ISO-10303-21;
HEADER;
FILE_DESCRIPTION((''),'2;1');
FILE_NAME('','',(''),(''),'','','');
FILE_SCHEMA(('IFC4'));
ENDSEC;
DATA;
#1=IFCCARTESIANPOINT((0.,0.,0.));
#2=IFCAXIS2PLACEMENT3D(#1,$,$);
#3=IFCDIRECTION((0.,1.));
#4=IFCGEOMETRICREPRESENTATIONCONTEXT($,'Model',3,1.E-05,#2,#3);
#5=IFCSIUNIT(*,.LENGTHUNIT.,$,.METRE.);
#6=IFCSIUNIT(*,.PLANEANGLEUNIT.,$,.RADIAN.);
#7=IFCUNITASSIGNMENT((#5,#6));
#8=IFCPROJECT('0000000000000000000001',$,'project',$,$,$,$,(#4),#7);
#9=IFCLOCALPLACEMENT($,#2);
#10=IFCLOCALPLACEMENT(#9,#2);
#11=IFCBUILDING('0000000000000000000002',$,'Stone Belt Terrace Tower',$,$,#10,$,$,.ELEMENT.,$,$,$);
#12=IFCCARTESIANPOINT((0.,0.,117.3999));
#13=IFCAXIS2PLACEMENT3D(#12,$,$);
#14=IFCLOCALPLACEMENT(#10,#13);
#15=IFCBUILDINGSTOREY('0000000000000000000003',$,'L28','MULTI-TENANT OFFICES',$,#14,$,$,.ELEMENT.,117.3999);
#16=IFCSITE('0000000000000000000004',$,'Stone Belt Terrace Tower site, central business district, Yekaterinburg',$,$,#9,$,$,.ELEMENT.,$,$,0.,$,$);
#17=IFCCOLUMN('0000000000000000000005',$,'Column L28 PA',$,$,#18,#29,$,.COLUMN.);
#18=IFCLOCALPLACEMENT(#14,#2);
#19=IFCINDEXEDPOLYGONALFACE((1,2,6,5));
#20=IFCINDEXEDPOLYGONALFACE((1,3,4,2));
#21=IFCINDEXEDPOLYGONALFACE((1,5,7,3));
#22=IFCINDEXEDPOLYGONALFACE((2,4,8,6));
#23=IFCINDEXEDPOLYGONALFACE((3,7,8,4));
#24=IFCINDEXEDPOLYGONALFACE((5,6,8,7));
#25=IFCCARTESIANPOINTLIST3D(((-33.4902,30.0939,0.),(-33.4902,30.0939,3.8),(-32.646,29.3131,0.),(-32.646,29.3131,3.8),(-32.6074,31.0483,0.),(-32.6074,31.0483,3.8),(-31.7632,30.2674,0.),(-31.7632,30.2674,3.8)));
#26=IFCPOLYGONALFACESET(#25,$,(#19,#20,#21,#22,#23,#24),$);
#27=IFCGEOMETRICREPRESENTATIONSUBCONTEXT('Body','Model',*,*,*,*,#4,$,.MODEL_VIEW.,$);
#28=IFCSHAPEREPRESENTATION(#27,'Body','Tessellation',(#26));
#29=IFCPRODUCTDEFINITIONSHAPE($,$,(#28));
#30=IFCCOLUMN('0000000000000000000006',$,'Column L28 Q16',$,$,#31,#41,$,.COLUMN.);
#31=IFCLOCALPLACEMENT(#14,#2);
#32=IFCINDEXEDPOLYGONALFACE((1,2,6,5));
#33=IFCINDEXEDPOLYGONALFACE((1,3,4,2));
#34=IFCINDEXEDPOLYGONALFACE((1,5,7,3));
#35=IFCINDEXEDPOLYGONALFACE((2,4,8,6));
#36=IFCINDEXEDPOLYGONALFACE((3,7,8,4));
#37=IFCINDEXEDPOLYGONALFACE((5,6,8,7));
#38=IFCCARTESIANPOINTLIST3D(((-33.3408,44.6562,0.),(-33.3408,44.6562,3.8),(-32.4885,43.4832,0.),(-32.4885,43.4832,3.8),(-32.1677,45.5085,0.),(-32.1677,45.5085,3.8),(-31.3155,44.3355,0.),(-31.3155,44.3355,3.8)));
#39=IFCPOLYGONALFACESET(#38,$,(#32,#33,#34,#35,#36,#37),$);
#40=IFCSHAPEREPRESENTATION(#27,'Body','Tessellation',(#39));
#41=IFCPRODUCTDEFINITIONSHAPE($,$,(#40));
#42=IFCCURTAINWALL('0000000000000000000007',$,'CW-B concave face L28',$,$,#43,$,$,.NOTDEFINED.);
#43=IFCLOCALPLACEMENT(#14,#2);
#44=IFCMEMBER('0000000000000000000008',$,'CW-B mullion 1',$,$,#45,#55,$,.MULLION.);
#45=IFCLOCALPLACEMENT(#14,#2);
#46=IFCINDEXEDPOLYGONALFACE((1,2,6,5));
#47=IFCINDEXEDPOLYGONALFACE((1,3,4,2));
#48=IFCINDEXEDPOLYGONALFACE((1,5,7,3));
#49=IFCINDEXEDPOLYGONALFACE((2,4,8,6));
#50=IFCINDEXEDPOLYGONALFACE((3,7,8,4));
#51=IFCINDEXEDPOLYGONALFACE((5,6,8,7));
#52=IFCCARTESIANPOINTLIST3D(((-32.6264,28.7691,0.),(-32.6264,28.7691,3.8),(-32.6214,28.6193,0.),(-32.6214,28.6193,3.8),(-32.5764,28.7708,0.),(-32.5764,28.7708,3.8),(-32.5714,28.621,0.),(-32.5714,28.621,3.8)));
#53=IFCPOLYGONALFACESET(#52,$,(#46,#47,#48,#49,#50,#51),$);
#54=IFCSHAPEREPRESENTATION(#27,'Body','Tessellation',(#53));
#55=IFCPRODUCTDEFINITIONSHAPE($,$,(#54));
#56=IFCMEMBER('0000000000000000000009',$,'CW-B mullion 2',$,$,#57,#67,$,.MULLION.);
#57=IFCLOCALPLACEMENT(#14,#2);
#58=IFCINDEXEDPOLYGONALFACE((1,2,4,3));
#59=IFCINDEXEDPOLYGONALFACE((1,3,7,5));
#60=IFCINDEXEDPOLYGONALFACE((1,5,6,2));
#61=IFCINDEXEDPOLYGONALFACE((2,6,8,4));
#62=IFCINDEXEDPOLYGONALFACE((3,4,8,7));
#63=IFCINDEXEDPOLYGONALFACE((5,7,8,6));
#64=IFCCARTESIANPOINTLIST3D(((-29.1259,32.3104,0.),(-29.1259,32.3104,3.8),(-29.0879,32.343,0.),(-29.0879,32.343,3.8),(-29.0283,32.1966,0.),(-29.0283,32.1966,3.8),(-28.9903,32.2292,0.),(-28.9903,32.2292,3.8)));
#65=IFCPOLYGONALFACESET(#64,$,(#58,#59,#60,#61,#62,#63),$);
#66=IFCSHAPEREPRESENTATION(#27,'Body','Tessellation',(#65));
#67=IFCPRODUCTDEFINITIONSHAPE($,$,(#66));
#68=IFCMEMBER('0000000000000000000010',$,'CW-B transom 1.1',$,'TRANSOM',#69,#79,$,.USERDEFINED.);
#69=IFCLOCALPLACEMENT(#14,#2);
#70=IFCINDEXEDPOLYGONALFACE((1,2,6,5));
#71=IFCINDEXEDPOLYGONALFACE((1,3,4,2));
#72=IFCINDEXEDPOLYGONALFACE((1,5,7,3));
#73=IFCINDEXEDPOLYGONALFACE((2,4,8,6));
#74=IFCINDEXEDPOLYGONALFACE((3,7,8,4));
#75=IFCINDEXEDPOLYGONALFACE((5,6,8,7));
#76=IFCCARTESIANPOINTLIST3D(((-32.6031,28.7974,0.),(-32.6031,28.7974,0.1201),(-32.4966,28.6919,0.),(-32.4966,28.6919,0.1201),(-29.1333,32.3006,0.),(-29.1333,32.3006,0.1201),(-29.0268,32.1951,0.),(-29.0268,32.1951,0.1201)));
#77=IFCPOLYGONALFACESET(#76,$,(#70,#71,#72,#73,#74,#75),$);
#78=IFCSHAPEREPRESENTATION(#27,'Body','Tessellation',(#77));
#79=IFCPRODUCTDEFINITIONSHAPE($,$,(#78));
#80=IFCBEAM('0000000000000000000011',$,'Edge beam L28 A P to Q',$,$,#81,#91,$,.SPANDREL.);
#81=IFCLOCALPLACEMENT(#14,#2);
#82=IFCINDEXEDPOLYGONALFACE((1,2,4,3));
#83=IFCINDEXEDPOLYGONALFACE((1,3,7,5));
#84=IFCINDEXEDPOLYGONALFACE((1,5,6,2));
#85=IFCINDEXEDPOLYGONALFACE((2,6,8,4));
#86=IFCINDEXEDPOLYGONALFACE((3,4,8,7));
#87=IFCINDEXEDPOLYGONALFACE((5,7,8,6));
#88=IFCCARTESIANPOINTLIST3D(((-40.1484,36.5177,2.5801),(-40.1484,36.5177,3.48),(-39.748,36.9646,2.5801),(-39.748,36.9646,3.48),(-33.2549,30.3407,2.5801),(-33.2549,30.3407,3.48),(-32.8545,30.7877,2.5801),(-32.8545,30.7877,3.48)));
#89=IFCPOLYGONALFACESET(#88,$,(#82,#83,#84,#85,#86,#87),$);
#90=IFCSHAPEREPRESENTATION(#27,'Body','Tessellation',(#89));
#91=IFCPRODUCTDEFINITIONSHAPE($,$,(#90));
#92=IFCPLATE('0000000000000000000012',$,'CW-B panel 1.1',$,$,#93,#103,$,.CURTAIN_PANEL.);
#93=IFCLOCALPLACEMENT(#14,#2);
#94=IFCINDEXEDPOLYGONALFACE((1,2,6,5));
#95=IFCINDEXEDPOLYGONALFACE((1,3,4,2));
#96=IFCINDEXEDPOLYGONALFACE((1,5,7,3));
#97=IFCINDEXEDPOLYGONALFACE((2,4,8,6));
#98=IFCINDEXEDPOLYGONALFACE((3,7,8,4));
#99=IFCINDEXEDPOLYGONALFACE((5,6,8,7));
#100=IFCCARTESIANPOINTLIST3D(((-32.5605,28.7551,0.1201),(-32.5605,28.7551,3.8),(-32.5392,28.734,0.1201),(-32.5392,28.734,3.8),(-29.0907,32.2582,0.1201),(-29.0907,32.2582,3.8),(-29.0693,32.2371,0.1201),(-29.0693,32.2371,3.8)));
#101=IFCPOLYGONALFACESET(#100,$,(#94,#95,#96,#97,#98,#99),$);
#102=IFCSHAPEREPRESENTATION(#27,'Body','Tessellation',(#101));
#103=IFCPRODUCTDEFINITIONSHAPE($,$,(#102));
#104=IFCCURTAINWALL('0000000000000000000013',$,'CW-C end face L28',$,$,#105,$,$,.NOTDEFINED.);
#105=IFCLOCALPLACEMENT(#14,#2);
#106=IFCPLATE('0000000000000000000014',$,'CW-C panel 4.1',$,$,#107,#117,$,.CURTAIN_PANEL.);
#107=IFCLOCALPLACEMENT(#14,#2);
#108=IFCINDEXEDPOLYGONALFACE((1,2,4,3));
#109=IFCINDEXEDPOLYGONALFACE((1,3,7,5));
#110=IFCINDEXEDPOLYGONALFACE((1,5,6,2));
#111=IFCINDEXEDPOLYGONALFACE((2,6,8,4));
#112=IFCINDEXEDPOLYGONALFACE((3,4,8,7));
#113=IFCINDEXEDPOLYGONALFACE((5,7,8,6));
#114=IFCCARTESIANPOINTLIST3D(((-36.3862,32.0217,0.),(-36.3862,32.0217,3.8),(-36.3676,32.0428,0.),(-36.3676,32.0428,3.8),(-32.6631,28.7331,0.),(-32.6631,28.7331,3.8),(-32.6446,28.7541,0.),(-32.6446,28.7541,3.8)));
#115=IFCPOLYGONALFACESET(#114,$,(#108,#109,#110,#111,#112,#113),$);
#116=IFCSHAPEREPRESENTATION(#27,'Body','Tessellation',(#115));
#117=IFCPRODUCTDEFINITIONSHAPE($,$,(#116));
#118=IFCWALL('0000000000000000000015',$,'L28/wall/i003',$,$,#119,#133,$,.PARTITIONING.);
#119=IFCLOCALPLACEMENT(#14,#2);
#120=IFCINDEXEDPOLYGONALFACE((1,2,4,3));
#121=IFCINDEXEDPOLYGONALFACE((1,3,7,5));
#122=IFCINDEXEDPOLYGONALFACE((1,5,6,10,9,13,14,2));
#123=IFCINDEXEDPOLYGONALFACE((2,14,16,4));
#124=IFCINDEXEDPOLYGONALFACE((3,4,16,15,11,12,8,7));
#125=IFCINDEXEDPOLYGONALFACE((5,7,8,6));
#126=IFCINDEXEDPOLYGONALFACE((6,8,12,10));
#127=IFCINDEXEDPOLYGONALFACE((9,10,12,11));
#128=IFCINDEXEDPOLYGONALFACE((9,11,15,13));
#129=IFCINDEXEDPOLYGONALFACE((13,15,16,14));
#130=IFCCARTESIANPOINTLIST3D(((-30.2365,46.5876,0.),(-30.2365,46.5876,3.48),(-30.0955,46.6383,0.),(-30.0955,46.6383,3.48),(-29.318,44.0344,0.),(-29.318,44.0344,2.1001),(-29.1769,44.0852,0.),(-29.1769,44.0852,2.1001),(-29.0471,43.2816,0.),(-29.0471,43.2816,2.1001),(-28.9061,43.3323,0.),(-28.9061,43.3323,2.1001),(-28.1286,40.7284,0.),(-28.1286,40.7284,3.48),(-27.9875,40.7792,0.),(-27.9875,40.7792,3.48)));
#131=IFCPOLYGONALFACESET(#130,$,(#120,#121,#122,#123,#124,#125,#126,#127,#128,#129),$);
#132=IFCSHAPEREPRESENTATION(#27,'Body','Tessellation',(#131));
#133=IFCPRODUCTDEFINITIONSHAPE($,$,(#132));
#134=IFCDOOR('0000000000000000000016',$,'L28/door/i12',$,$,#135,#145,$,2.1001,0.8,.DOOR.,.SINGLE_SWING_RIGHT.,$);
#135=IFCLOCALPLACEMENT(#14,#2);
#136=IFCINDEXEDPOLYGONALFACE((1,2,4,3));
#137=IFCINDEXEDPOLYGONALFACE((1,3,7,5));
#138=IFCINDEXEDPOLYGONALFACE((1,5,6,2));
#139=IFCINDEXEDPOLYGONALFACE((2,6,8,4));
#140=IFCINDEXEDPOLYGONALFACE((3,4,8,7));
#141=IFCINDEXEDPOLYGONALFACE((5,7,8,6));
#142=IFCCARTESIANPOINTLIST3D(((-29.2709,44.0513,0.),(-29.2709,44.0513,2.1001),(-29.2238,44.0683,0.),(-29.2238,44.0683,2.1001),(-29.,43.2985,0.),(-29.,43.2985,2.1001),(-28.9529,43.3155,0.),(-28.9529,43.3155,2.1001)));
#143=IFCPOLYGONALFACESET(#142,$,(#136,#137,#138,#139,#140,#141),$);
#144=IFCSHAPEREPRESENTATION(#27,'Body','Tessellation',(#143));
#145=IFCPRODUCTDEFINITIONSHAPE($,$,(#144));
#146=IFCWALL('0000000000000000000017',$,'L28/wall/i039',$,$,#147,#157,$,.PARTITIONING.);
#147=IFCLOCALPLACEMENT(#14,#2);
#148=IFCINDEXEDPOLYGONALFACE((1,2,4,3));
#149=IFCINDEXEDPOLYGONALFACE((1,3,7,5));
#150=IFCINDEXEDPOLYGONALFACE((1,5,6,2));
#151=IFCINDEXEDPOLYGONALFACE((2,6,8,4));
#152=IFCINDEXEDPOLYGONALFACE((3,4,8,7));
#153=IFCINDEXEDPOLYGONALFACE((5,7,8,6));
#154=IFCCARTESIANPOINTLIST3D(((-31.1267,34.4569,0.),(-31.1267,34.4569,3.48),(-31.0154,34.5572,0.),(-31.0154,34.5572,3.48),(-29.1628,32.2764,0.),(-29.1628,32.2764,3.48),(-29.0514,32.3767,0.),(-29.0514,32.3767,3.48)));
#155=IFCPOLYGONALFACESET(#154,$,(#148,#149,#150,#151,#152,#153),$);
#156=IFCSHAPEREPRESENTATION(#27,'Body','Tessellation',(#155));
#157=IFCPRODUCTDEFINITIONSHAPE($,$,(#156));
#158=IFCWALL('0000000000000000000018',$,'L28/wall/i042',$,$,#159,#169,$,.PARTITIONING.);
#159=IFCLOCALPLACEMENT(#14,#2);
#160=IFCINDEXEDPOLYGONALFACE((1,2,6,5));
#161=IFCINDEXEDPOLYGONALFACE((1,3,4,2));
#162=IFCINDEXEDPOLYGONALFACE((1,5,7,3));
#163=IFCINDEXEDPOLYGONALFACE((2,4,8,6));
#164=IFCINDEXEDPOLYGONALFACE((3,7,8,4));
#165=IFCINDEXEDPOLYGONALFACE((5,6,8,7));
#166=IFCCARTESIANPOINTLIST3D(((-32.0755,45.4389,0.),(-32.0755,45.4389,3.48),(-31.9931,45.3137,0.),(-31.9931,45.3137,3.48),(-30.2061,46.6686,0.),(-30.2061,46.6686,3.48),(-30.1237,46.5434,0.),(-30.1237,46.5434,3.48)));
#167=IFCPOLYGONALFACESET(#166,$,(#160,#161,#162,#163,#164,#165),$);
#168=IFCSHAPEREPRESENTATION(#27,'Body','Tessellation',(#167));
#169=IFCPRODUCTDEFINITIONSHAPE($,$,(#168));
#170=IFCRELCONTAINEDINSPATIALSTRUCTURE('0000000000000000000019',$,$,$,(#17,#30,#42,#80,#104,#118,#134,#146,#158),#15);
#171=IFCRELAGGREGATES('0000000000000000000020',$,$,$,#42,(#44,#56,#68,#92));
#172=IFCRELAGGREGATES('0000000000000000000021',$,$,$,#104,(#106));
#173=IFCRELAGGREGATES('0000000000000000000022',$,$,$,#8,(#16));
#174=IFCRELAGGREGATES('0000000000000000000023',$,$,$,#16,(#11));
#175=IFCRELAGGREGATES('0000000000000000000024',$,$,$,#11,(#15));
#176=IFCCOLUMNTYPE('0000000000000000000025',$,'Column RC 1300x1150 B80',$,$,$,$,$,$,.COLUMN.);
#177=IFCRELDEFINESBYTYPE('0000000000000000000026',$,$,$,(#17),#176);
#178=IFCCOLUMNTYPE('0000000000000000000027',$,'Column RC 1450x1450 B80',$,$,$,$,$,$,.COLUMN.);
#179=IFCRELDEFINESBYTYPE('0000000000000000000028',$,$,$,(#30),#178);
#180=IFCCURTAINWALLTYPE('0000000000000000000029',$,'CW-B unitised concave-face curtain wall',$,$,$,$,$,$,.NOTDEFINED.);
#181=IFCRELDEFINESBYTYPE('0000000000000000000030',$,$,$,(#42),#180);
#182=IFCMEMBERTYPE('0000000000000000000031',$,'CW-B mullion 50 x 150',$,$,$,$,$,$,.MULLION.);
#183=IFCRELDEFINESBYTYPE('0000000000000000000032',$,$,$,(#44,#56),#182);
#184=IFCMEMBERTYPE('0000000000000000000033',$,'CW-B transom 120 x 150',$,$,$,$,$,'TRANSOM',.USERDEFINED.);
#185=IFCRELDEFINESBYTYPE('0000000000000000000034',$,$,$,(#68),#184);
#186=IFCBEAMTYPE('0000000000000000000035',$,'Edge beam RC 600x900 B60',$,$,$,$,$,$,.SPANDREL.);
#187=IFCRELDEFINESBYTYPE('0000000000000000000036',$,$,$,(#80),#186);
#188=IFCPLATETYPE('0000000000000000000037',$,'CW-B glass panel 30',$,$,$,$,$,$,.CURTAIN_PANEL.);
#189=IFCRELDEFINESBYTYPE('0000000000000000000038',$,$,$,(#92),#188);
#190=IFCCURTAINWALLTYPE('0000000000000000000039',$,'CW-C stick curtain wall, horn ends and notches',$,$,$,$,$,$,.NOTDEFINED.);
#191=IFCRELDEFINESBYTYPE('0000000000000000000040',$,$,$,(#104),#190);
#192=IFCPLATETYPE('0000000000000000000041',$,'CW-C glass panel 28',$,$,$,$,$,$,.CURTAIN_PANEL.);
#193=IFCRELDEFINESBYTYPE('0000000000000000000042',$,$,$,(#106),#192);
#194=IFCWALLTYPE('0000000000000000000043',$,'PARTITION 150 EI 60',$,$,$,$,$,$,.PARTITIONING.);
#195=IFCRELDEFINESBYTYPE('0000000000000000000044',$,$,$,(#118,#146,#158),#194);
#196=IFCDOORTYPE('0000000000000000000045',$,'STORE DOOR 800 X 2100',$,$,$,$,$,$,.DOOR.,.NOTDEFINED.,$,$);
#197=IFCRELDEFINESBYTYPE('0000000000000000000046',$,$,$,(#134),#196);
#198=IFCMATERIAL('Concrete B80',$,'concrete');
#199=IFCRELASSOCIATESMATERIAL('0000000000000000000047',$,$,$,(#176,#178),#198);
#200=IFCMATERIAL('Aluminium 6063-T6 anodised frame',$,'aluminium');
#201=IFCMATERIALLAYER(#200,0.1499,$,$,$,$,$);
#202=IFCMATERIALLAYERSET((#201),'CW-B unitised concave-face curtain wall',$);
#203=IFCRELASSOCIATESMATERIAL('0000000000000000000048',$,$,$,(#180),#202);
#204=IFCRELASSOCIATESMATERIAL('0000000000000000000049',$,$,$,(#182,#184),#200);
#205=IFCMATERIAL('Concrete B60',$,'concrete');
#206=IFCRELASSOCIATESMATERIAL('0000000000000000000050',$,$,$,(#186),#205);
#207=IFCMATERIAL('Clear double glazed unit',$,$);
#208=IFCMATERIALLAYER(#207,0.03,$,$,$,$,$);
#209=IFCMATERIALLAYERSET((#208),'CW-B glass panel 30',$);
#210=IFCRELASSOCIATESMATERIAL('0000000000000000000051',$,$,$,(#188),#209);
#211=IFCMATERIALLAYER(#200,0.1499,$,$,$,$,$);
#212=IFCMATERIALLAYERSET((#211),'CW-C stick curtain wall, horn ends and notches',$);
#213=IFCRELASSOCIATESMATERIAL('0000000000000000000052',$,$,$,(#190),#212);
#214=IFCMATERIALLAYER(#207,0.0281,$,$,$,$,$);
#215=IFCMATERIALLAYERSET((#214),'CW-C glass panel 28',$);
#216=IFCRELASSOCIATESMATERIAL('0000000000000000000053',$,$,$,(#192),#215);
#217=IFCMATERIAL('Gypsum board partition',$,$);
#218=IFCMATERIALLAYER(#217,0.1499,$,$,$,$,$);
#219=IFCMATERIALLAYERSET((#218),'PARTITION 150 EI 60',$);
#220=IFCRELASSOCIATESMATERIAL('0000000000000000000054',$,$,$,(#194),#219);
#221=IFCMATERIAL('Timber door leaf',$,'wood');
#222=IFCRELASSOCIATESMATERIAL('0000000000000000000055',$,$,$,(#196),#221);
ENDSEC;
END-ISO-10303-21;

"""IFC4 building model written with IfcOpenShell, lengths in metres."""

from ifc_helpers import new_model, si_unit, direction, frame, frame_2d, origin, origin_2d, place, context, subcontext, project, spatial, rectangle, extrude, material, layer, layer_set, material_profile, profile_set, type_object, element, fill, aggregate, save


model = new_model("IFC4")

# Units and contexts
model_context = context("Model", 3, precision=1e-05, world=origin(), true_north=direction((0.0, 1.0)))
body_context = subcontext(model_context, "Body", "Model", "MODEL_VIEW")
ifc_project = project(units=[si_unit("LENGTHUNIT", "METRE"), si_unit("PLANEANGLEUNIT", "RADIAN")], contexts=[model_context])

# Site, building, storey
site_placement = place(None, origin())
site = spatial("IfcSite", under=ifc_project, at=site_placement, Name="Stone Belt Terrace Tower site, central business district, Yekaterinburg", CompositionType="ELEMENT", RefElevation=0.0)
building_placement = place(site_placement, origin())
building = spatial("IfcBuilding", under=site, at=building_placement, Name="Stone Belt Terrace Tower", CompositionType="ELEMENT")
storey_placement = place(building_placement, frame((0.0, 0.0, 117.3999)))
storey = spatial("IfcBuildingStorey", under=building, at=storey_placement, Name="L28", Description="MULTI-TENANT OFFICES", CompositionType="ELEMENT", Elevation=117.3999)

# Columns
ifc_material_1 = material(Name="Concrete B80", Category="concrete")
ifc_material_profile_1 = material_profile(ifc_material_1, rectangle(XDim=1.3, YDim=1.1499, at=origin_2d()), Name="RC 1300x1150")
ifc_profile_set_1 = profile_set([ifc_material_profile_1], Name="Concrete B80")
column_type_1 = type_object("IfcColumnType", Name="Column RC 1300x1150 B80", PredefinedType="COLUMN", material=ifc_profile_set_1)
column_1_placement = place(storey_placement, frame((-32.6267, 30.1807, 0.0), z_axis=(0.0, 0.0, 1.0), x_axis=(0.679054, 0.734088, 0.0)))
element("IfcColumn", 1, at=column_1_placement, inside=storey, type_object=column_type_1, Name="Column L28 PA", PredefinedType="COLUMN", context=body_context, shape_type="SweptSolid", body=[
    extrude(rectangle(XDim=1.3, YDim=1.1499, at=origin_2d()), origin(), (0.0, 0.0, 1.0), 3.8),
])
ifc_material_profile_2 = material_profile(ifc_material_1, rectangle(XDim=1.45, YDim=1.45, at=origin_2d()), Name="RC 1450x1450")
ifc_profile_set_2 = profile_set([ifc_material_profile_2], Name="Concrete B80")
column_type_2 = type_object("IfcColumnType", Name="Column RC 1450x1450 B80", PredefinedType="COLUMN", material=ifc_profile_set_2)
column_2_placement = place(storey_placement, frame((-32.3281, 44.4958, 0.0), z_axis=(0.0, 0.0, 1.0), x_axis=(0.809017, 0.587785, 0.0)))
element("IfcColumn", 2, at=column_2_placement, inside=storey, type_object=column_type_2, Name="Column L28 Q16", PredefinedType="COLUMN", context=body_context, shape_type="SweptSolid", body=[
    extrude(rectangle(XDim=1.45, YDim=1.45, at=origin_2d()), origin(), (0.0, 0.0, 1.0), 3.8),
])

# Curtain wall, members
ifc_material_2 = material(Name="Aluminium 6063-T6 anodised frame", Category="aluminium")
ifc_layer_1 = layer(ifc_material_2, 0.1499)
ifc_layer_set_1 = layer_set([ifc_layer_1], Name="CW-B unitised concave-face curtain wall")
curtain_wall_type_1 = type_object("IfcCurtainWallType", Name="CW-B unitised concave-face curtain wall", PredefinedType="NOTDEFINED", material=ifc_layer_set_1)
curtain_wall_1_placement = place(storey_placement, origin())
curtain_wall_1 = element("IfcCurtainWall", 3, at=curtain_wall_1_placement, inside=storey, type_object=curtain_wall_type_1, Name="CW-B concave face L28", PredefinedType="NOTDEFINED")
ifc_material_profile_3 = material_profile(ifc_material_2, rectangle(XDim=0.1499, YDim=0.05, at=origin_2d()), Name="Aluminium 6063-T6 50x150")
ifc_profile_set_3 = profile_set([ifc_material_profile_3], Name="Aluminium 6063-T6 anodised frame")
member_type_1 = type_object("IfcMemberType", Name="CW-B mullion 50 x 150", PredefinedType="MULLION", material=ifc_profile_set_3)
member_1_placement = place(storey_placement, frame((-32.5989, 28.6951, 0.0), z_axis=(0.0, 0.0, 1.0), x_axis=(-0.03331, 0.999445, 0.0)))
member_1 = element("IfcMember", 4, at=member_1_placement, type_object=member_type_1, Name="CW-B mullion 1", PredefinedType="MULLION", context=body_context, shape_type="SweptSolid", body=[
    extrude(rectangle(XDim=0.1499, YDim=0.05, at=origin_2d()), origin(), (0.0, 0.0, 1.0), 3.8),
])
member_2_placement = place(storey_placement, frame((-29.0581, 32.2698, 0.0), z_axis=(0.0, 0.0, 1.0), x_axis=(-0.651255, 0.758859, 0.0)))
member_2 = element("IfcMember", 5, at=member_2_placement, type_object=member_type_1, Name="CW-B mullion 2", PredefinedType="MULLION", context=body_context, shape_type="SweptSolid", body=[
    extrude(rectangle(XDim=0.1499, YDim=0.05, at=origin_2d()), origin(), (0.0, 0.0, 1.0), 3.8),
])
ifc_material_profile_4 = material_profile(ifc_material_2, rectangle(XDim=0.1499, YDim=0.1201, at=origin_2d()), Name="Aluminium 6063-T6 150x120")
ifc_profile_set_4 = profile_set([ifc_material_profile_4], Name="Aluminium 6063-T6 anodised frame")
member_type_2 = type_object("IfcMemberType", Name="CW-B transom 120 x 150", ElementType="TRANSOM", PredefinedType="USERDEFINED", material=ifc_profile_set_4)
member_3_placement = place(storey_placement, frame((-32.5498, 28.7446, 0.0601), z_axis=(0.703707, 0.71049, 0.0), x_axis=(-0.71049, 0.703707, 0.0)))
member_3 = element("IfcMember", 6, at=member_3_placement, type_object=member_type_2, Name="CW-B transom 1.1", ObjectType="TRANSOM", PredefinedType="USERDEFINED", context=body_context, shape_type="SweptSolid", body=[
    extrude(rectangle(XDim=0.1499, YDim=0.1201, at=origin_2d()), origin(), (0.0, 0.0, 1.0), 4.9307),
])

# Beam
ifc_material_3 = material(Name="Concrete B60", Category="concrete")
ifc_material_profile_5 = material_profile(ifc_material_3, rectangle(XDim=0.6001, YDim=0.8999, at=origin_2d()), Name="RC 600x900")
ifc_profile_set_5 = profile_set([ifc_material_profile_5], Name="Concrete B60")
beam_type = type_object("IfcBeamType", Name="Edge beam RC 600x900 B60", PredefinedType="SPANDREL", material=ifc_profile_set_5)
beam_placement = place(storey_placement, frame((-33.0547, 30.5642, 3.03), z_axis=(-0.744753, 0.66734, 0.0), x_axis=(-0.66734, -0.744753, 0.0)))
element("IfcBeam", 7, at=beam_placement, inside=storey, type_object=beam_type, Name="Edge beam L28 A P to Q", PredefinedType="SPANDREL", context=body_context, shape_type="SweptSolid", body=[
    extrude(rectangle(XDim=0.6001, YDim=0.8999, at=origin_2d()), origin(), (0.0, 0.0, 1.0), 9.2561),
])

# Plate
ifc_material_4 = material(Name="Clear double glazed unit")
ifc_layer_2 = layer(ifc_material_4, 0.03)
ifc_layer_set_2 = layer_set([ifc_layer_2], Name="CW-B glass panel 30")
plate_type_1 = type_object("IfcPlateType", Name="CW-B glass panel 30", PredefinedType="CURTAIN_PANEL", material=ifc_layer_set_2)
plate_1_placement = place(storey_placement, frame((-30.8149, 30.4961, 0.1201), z_axis=(0.0, 0.0, 1.0), x_axis=(0.703735, 0.710463, 0.0)))
plate_1 = element("IfcPlate", 8, at=plate_1_placement, type_object=plate_type_1, Name="CW-B panel 1.1", PredefinedType="CURTAIN_PANEL", context=body_context, shape_type="SweptSolid", body=[
    extrude(rectangle(XDim=4.9307, YDim=0.03, at=origin_2d()), origin(), (0.0, 0.0, 1.0), 3.6799),
])
aggregate(curtain_wall_1, [member_1, member_2, member_3, plate_1])

# Curtain wall, plate
ifc_layer_3 = layer(ifc_material_2, 0.1499)
ifc_layer_set_3 = layer_set([ifc_layer_3], Name="CW-C stick curtain wall, horn ends and notches")
curtain_wall_type_2 = type_object("IfcCurtainWallType", Name="CW-C stick curtain wall, horn ends and notches", PredefinedType="NOTDEFINED", material=ifc_layer_set_3)
curtain_wall_2_placement = place(storey_placement, origin())
curtain_wall_2 = element("IfcCurtainWall", 9, at=curtain_wall_2_placement, inside=storey, type_object=curtain_wall_type_2, Name="CW-C end face L28", PredefinedType="NOTDEFINED")
ifc_layer_4 = layer(ifc_material_4, 0.0281)
ifc_layer_set_4 = layer_set([ifc_layer_4], Name="CW-C glass panel 28")
plate_type_2 = type_object("IfcPlateType", Name="CW-C glass panel 28", PredefinedType="CURTAIN_PANEL", material=ifc_layer_set_4)
plate_2_placement = place(storey_placement, frame((-34.5154, 30.3879, 0.0), z_axis=(0.0, 0.0, 1.0), x_axis=(0.749478, -0.66203, 0.0)))
plate_2 = element("IfcPlate", 10, at=plate_2_placement, type_object=plate_type_2, Name="CW-C panel 4.1", PredefinedType="CURTAIN_PANEL", context=body_context, shape_type="SweptSolid", body=[
    extrude(rectangle(XDim=4.9675, YDim=0.0281, at=origin_2d()), origin(), (0.0, 0.0, 1.0), 3.8),
])
aggregate(curtain_wall_2, [plate_2])

# Wall, opening, door
ifc_material_5 = material(Name="Gypsum board partition")
ifc_layer_5 = layer(ifc_material_5, 0.1499)
ifc_layer_set_5 = layer_set([ifc_layer_5], Name="PARTITION 150 EI 60")
wall_type_1 = type_object("IfcWallType", Name="PARTITION 150 EI 60", PredefinedType="PARTITIONING", material=ifc_layer_set_5)
wall_1_placement = place(storey_placement, frame((-28.0581, 40.7539, 0.0), z_axis=(0.0, 0.0, 1.0), x_axis=(-0.338524, 0.940958, 0.0)))
wall_1 = element("IfcWall", 11, at=wall_1_placement, inside=storey, type_object=wall_type_1, Name="L28/wall/i003", PredefinedType="PARTITIONING", context=body_context, shape_type="SweptSolid", body=[
    extrude(rectangle(XDim=6.2268, YDim=0.1499, at=frame_2d((3.1133, 0.0))), origin(), (0.0, 0.0, 1.0), 3.48),
])
opening_1_placement = place(wall_1_placement, frame((2.7134, 0.0, 0.0)))
opening_1 = element("IfcOpeningElement", 12, at=opening_1_placement, cuts=wall_1, PredefinedType="OPENING", context=body_context, shape_type="SweptSolid", body=[
    extrude(rectangle(XDim=0.8, YDim=2.1001, at=frame_2d((0.3999, 1.05))), frame((0.0, 0.085, 0.0), z_axis=(0.0, -1.0, 0.0), x_axis=(1.0, 0.0, 0.0)), (0.0, 0.0, 1.0), 0.1699),
])
ifc_material_6 = material(Name="Timber door leaf", Category="wood")
door_type_1 = type_object("IfcDoorType", Name="STORE DOOR 800 X 2100", OperationType="NOTDEFINED", PredefinedType="DOOR", material=ifc_material_6)
door_1_placement = place(opening_1_placement, origin())
door_1 = element("IfcDoor", 13, at=door_1_placement, inside=storey, type_object=door_type_1, Name="L28/door/i12", OperationType="SINGLE_SWING_RIGHT", OverallHeight=2.1001, OverallWidth=0.8, PredefinedType="DOOR", context=body_context, shape_type="SweptSolid", body=[
    extrude(rectangle(XDim=0.8, YDim=2.1001, at=frame_2d((0.3999, 1.05))), frame((0.0, 0.0249, 0.0), z_axis=(0.0, -1.0, 0.0), x_axis=(1.0, 0.0, 0.0)), (0.0, 0.0, 1.0), 0.05),
])
fill(opening_1, door_1)

# Walls
wall_2_placement = place(storey_placement, frame((-31.071, 34.5071, 0.0), z_axis=(0.0, 0.0, 1.0), x_axis=(0.669245, -0.743042, 0.0)))
element("IfcWall", 14, at=wall_2_placement, inside=storey, type_object=wall_type_1, Name="L28/wall/i039", PredefinedType="PARTITIONING", context=body_context, shape_type="SweptSolid", body=[
    extrude(rectangle(XDim=2.9346, YDim=0.1499, at=frame_2d((1.4673, 0.0))), origin(), (0.0, 0.0, 1.0), 3.48),
])
wall_3_placement = place(storey_placement, frame((-30.165, 46.606, 0.0), z_axis=(0.0, 0.0, 1.0), x_axis=(-0.835442, -0.549578, 0.0)))
element("IfcWall", 15, at=wall_3_placement, inside=storey, type_object=wall_type_1, Name="L28/wall/i042", PredefinedType="PARTITIONING", context=body_context, shape_type="SweptSolid", body=[
    extrude(rectangle(XDim=2.2375, YDim=0.1499, at=frame_2d((1.1187, 0.0))), origin(), (0.0, 0.0, 1.0), 3.48),
])

save(model, "model.ifc")
